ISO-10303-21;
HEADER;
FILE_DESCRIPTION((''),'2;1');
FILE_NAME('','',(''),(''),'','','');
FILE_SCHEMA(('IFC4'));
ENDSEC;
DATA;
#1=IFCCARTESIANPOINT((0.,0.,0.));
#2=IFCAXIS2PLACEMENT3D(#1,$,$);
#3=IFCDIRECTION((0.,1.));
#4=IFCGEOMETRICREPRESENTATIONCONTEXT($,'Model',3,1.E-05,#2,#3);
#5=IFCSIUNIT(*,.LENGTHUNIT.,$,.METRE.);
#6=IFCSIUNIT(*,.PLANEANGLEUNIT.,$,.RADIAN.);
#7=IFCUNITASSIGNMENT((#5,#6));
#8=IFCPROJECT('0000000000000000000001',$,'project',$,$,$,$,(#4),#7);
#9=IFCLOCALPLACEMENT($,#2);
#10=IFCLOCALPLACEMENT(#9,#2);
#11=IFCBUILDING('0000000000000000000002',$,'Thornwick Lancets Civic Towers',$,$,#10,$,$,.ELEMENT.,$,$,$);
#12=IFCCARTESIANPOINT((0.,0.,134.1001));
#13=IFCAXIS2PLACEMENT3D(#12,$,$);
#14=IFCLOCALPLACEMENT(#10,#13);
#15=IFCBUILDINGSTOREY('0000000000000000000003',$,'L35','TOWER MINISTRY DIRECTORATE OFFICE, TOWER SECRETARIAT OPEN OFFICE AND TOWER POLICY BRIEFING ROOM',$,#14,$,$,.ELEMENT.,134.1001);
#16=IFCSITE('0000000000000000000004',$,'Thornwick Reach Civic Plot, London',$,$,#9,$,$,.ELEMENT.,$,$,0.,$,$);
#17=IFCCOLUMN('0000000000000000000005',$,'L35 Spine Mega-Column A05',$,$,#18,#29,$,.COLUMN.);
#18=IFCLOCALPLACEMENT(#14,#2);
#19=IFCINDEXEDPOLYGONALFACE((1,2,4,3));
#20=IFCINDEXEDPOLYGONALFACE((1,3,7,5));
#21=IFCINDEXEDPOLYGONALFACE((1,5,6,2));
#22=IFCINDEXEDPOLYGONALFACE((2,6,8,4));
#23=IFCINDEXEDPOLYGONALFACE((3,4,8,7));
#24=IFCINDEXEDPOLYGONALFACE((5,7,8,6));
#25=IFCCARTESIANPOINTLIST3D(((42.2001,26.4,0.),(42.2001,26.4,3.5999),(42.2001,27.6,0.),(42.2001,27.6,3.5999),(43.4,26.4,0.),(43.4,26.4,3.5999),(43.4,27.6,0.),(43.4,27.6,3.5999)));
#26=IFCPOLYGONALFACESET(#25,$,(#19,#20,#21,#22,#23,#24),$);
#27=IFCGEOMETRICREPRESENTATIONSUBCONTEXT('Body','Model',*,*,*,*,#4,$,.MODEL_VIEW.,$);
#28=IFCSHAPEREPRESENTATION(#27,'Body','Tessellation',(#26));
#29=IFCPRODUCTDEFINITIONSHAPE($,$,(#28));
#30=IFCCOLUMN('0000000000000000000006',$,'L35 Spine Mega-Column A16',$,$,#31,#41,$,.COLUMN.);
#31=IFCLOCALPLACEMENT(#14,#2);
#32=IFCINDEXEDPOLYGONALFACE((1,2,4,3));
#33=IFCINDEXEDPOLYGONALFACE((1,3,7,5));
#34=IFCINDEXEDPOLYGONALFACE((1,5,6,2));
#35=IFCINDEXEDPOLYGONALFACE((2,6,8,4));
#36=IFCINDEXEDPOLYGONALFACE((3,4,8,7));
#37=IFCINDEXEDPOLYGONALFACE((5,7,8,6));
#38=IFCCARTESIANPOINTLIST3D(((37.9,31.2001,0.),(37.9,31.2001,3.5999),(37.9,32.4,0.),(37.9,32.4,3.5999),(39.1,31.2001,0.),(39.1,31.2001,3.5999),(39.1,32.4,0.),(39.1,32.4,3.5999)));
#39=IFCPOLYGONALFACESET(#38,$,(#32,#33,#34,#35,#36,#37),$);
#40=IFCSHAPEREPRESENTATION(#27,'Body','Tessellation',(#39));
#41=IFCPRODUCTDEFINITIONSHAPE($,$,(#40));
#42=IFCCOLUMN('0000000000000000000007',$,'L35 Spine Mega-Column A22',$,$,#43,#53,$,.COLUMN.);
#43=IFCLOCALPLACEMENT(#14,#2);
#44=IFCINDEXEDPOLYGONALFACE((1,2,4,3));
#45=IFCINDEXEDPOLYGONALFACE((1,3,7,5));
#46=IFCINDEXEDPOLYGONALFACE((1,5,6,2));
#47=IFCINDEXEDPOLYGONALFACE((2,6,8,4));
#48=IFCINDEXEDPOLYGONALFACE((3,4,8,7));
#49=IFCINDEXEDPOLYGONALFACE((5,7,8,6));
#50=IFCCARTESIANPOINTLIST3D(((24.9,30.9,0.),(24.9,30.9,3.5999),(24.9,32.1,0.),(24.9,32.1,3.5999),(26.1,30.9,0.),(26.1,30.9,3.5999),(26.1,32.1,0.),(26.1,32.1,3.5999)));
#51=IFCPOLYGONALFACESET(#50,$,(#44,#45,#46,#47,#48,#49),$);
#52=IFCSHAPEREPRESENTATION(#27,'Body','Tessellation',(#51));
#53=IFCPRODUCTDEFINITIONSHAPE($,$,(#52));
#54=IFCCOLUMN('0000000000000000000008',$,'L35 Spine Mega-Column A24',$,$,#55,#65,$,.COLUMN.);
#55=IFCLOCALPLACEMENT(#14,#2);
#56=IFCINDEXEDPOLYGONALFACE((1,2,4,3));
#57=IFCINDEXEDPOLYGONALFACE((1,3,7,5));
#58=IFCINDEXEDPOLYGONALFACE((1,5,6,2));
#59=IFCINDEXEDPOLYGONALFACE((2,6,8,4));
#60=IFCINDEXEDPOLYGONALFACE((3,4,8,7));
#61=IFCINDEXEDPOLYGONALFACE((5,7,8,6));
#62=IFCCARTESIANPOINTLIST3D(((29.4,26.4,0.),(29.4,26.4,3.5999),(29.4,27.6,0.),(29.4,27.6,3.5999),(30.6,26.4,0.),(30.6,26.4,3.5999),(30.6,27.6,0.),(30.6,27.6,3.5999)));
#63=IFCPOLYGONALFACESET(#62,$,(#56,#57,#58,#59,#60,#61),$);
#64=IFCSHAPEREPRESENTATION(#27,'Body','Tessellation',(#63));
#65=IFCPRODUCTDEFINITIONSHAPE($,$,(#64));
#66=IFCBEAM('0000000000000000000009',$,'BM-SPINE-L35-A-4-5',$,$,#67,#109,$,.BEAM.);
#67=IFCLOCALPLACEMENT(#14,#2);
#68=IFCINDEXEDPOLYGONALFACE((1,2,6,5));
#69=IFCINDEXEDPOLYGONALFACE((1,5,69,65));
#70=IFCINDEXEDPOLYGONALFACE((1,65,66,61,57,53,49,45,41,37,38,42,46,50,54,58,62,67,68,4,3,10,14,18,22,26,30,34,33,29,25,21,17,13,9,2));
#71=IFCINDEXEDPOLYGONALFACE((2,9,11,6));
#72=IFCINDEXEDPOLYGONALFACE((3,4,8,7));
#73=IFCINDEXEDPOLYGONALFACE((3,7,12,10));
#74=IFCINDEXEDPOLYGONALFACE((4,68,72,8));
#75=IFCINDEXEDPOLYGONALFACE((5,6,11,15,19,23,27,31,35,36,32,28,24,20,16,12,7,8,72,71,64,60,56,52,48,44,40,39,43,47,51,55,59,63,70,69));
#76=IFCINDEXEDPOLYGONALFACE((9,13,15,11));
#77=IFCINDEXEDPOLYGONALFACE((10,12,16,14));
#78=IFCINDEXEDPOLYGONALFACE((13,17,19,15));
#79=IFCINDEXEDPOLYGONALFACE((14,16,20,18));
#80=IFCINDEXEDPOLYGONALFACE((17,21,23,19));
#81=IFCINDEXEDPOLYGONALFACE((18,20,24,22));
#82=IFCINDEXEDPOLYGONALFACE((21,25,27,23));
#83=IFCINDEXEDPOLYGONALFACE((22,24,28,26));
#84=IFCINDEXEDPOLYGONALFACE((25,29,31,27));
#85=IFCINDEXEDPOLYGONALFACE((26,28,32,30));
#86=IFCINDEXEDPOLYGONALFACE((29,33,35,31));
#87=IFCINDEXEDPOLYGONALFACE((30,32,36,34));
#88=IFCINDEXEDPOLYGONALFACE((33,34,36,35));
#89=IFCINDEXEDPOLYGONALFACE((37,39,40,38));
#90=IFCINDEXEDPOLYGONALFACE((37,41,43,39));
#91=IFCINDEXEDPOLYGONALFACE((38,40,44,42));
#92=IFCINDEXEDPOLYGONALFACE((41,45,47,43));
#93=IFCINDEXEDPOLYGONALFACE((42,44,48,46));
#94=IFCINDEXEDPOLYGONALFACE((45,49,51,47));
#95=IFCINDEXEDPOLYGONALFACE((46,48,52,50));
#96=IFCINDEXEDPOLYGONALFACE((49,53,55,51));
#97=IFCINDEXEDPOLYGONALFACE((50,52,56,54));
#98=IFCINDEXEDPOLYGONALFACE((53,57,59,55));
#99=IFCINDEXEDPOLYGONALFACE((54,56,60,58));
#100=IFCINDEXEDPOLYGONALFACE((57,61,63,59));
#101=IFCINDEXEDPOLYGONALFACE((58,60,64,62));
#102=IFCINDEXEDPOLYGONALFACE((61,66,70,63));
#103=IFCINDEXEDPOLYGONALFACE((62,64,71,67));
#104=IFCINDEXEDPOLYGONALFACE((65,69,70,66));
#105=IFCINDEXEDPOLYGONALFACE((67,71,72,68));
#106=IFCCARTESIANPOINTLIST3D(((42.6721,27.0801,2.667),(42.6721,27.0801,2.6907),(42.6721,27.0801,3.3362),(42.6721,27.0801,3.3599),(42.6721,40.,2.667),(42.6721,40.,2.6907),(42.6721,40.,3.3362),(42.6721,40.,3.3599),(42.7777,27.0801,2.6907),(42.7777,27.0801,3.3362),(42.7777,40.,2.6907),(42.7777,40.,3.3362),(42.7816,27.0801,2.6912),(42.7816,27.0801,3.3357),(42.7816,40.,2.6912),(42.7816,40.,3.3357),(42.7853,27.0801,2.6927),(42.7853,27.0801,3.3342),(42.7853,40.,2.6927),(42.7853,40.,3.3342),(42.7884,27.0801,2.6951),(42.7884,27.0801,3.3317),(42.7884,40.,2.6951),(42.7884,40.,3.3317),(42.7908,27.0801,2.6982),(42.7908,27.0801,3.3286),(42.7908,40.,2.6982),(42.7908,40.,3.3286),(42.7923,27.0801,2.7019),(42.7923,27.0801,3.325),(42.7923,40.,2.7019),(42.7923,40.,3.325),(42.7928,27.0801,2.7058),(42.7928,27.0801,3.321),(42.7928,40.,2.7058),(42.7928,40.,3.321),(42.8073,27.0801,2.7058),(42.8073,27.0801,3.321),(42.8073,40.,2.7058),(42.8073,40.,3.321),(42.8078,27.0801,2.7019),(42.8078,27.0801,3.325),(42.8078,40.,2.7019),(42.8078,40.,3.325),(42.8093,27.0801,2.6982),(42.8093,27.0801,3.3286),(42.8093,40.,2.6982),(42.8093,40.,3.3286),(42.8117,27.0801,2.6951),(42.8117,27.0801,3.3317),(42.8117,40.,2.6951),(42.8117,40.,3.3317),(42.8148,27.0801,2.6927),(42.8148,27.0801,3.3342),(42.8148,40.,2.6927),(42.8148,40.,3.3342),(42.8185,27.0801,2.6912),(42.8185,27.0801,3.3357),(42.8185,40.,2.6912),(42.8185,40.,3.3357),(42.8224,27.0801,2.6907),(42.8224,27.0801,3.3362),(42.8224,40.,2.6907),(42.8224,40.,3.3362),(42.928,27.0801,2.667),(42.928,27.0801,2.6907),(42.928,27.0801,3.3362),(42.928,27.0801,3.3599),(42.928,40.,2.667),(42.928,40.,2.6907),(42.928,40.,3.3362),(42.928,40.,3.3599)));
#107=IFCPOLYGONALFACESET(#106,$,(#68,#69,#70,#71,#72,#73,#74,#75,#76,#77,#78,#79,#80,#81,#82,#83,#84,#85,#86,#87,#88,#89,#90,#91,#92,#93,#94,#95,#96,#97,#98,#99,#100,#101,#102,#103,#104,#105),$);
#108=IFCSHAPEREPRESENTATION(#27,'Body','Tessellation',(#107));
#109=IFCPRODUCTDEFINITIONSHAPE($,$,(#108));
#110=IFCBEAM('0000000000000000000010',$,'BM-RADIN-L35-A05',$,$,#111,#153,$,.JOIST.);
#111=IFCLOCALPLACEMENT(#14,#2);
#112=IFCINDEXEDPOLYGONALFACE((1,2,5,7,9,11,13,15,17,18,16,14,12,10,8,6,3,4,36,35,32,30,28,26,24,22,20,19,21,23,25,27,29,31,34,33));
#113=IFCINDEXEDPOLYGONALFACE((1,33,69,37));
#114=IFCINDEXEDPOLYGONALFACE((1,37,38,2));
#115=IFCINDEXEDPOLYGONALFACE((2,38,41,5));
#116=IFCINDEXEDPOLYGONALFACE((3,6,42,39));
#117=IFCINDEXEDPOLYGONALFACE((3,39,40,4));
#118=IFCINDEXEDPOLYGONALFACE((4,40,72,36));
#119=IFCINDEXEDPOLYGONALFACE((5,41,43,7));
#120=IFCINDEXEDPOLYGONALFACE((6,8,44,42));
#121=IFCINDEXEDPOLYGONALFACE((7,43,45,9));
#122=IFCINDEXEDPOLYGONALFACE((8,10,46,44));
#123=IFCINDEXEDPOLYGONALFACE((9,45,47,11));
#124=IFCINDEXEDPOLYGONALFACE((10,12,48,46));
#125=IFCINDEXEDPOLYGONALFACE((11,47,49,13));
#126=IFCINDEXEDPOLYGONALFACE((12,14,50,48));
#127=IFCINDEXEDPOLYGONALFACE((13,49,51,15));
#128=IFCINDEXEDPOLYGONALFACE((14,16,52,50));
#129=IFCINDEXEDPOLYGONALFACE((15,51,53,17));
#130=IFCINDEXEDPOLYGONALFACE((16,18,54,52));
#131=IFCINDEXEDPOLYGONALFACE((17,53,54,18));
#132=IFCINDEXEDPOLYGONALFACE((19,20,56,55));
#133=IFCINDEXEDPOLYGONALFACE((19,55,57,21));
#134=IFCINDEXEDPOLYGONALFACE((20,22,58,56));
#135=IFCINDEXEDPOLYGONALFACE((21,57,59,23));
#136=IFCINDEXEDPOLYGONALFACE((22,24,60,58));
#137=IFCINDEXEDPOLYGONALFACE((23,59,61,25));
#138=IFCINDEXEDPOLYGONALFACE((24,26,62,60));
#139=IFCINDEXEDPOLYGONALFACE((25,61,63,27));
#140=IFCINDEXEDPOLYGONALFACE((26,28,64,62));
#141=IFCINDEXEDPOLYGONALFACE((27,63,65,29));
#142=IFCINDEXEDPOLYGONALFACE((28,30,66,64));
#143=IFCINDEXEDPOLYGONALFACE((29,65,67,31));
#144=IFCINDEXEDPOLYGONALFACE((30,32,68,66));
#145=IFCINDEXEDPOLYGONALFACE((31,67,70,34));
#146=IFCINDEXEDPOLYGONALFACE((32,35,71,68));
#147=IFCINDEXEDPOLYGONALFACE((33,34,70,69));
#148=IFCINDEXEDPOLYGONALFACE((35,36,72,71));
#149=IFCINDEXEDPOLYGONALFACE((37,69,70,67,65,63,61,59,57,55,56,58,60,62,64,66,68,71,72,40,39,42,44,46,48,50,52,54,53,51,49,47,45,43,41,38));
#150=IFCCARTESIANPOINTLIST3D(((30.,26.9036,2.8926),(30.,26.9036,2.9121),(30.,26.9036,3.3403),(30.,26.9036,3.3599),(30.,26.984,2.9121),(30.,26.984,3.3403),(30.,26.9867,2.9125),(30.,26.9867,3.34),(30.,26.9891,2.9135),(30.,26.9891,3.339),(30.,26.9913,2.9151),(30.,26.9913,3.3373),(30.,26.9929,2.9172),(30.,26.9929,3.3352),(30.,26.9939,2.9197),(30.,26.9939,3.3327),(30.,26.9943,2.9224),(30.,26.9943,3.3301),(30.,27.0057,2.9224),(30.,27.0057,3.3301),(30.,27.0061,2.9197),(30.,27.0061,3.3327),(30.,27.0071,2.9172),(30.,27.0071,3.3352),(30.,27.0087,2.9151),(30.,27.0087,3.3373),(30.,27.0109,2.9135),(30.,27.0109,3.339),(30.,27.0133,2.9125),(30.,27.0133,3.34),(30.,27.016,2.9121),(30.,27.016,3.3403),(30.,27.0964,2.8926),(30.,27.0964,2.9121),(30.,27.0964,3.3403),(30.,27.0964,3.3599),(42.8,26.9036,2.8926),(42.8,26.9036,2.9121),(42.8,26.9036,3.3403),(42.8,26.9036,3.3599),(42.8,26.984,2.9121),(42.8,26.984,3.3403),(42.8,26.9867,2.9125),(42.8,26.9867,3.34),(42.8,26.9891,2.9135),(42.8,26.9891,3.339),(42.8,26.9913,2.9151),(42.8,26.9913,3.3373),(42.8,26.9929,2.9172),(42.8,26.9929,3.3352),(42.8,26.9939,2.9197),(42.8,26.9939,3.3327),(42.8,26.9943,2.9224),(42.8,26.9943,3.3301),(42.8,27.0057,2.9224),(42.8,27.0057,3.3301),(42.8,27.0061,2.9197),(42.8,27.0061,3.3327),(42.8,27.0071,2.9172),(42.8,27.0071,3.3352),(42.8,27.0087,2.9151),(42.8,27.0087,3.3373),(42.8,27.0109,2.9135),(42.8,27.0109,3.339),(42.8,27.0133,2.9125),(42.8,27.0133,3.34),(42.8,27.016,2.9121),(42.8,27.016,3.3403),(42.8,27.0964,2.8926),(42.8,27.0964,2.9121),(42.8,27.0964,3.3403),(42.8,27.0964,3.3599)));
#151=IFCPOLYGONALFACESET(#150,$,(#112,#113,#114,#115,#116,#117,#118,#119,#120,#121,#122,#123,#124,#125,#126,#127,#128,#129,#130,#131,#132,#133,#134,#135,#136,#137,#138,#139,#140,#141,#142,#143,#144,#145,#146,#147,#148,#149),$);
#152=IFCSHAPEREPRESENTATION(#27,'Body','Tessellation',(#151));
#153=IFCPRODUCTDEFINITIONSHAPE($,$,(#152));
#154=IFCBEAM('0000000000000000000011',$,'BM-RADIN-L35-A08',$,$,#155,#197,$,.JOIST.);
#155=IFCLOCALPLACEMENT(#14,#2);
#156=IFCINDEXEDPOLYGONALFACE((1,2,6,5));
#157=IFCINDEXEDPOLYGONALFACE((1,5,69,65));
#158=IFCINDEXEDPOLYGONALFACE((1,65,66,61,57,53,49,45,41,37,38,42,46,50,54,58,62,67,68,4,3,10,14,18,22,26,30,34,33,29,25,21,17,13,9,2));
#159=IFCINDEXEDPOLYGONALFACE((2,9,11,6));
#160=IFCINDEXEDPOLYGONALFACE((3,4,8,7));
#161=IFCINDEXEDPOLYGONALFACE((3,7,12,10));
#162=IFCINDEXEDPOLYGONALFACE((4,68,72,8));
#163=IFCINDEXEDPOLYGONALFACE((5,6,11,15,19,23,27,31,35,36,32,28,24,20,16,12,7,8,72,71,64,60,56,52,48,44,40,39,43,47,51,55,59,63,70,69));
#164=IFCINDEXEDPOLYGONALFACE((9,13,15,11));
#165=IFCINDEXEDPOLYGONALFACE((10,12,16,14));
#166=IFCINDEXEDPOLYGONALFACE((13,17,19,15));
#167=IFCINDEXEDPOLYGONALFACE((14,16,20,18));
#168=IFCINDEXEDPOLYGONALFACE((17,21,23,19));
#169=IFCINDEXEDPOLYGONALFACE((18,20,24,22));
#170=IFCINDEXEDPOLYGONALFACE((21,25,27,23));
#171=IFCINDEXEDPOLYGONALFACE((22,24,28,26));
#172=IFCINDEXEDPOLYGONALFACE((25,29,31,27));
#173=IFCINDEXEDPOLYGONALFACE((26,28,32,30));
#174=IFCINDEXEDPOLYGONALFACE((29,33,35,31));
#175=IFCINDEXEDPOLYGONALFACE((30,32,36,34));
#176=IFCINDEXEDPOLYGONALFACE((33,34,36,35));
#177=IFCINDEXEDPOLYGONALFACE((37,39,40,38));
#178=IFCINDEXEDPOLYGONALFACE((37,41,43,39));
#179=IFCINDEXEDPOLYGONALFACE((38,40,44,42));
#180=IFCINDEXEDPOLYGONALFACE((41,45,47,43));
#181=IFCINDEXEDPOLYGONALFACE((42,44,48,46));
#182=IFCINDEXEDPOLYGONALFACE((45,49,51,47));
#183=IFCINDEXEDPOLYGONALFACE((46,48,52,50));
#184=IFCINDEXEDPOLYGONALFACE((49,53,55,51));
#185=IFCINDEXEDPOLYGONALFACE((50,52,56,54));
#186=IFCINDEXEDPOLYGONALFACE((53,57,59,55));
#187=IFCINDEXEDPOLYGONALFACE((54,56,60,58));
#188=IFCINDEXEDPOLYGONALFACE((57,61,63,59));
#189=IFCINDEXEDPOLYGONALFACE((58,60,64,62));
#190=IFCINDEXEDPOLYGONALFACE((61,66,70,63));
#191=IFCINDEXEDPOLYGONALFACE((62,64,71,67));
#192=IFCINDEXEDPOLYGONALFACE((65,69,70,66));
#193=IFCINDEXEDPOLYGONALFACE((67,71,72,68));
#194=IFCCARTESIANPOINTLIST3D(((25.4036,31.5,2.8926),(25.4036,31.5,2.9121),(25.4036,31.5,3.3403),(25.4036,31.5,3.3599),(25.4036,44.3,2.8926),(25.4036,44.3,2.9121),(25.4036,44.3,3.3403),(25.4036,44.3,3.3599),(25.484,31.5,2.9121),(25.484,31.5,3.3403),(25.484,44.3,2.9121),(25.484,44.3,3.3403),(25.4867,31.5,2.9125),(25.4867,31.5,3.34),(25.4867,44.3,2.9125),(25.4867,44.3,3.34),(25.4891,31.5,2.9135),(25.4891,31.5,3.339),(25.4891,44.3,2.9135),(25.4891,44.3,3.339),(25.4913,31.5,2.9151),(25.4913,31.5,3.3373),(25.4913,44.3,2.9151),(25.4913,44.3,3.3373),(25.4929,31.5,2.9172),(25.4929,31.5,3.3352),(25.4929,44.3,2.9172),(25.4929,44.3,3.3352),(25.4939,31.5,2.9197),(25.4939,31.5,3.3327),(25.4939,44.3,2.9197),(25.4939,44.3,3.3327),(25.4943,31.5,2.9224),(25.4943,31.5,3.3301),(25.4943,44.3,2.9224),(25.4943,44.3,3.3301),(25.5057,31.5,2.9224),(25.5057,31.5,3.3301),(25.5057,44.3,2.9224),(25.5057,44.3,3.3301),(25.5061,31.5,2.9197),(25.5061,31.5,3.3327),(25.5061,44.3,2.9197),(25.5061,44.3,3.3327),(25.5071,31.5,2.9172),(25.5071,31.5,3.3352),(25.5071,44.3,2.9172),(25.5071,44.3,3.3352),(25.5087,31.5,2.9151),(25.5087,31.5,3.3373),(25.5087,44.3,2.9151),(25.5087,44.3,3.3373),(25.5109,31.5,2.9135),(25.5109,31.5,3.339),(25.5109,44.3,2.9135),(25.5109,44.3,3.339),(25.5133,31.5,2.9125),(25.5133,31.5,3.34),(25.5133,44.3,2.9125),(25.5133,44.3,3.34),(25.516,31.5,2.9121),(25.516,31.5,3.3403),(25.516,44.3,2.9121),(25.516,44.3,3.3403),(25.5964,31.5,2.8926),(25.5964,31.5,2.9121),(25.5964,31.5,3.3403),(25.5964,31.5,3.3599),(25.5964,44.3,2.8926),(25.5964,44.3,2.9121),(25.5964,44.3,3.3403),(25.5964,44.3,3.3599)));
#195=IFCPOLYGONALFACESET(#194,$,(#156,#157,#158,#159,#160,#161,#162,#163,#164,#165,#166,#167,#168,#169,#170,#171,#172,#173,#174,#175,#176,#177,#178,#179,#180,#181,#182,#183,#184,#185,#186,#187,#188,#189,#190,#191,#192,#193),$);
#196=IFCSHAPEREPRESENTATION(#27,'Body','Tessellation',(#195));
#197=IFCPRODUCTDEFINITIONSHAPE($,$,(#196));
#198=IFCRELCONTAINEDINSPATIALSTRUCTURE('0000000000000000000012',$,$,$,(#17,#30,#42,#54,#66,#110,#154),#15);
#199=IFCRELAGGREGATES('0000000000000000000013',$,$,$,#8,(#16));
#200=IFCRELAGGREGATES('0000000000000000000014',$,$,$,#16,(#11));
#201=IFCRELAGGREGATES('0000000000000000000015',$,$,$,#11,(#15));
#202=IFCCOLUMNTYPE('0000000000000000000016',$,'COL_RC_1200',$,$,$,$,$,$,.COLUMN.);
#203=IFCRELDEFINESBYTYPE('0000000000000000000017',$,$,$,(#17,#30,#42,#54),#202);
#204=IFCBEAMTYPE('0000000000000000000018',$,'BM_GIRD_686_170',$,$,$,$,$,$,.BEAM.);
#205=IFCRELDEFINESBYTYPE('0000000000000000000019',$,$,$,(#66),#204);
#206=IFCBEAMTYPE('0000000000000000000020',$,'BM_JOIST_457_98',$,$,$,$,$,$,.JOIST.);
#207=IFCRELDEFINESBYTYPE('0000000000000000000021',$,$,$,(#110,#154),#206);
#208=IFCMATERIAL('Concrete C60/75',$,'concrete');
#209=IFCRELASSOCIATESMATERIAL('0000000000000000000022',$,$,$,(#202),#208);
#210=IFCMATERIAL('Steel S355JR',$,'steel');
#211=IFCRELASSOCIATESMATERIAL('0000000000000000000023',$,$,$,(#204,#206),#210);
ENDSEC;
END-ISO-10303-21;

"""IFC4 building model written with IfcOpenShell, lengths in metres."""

from ifc_helpers import new_model, si_unit, direction, frame, origin, origin_2d, place, context, subcontext, project, spatial, rectangle, i_section, extrude, material, material_profile, profile_set, type_object, element, save


model = new_model("IFC4")

# Units and contexts
model_context = context("Model", 3, precision=1e-05, world=origin(), true_north=direction((0.0, 1.0)))
body_context = subcontext(model_context, "Body", "Model", "MODEL_VIEW")
ifc_project = project(units=[si_unit("LENGTHUNIT", "METRE"), si_unit("PLANEANGLEUNIT", "RADIAN")], contexts=[model_context])

# Site, building, storey
site_placement = place(None, origin())
site = spatial("IfcSite", under=ifc_project, at=site_placement, Name="Thornwick Reach Civic Plot, London", CompositionType="ELEMENT", RefElevation=0.0)
building_placement = place(site_placement, origin())
building = spatial("IfcBuilding", under=site, at=building_placement, Name="Thornwick Lancets Civic Towers", CompositionType="ELEMENT")
storey_placement = place(building_placement, frame((0.0, 0.0, 134.1001)))
storey = spatial("IfcBuildingStorey", under=building, at=storey_placement, Name="L35", Description="TOWER MINISTRY DIRECTORATE OFFICE, TOWER SECRETARIAT OPEN OFFICE AND TOWER POLICY BRIEFING ROOM", CompositionType="ELEMENT", Elevation=134.1001)

# Columns
ifc_material_1 = material(Name="Concrete C60/75", Category="concrete")
ifc_material_profile_1 = material_profile(ifc_material_1, rectangle(XDim=1.2, YDim=1.2, at=origin_2d()), Name="RC 1200x1200")
ifc_profile_set_1 = profile_set([ifc_material_profile_1], Name="Concrete C60/75")
column_type = type_object("IfcColumnType", Name="COL_RC_1200", PredefinedType="COLUMN", material=ifc_profile_set_1)
for number, where, z_axis, x_axis, name in (
    (1, (42.8, 27.0, 0.0), (0.0, 0.0, 1.0), (1.0, 0.0, 0.0), "L35 Spine Mega-Column A05"),
    (2, (38.5, 31.8, 0.0), (0.0, 0.0, 1.0), (1.0, 0.0, 0.0), "L35 Spine Mega-Column A16"),
    (3, (25.5, 31.5, 0.0), (0.0, 0.0, 1.0), (1.0, 0.0, 0.0), "L35 Spine Mega-Column A22"),
    (4, (30.0, 27.0, 0.0), (0.0, 0.0, 1.0), (1.0, 0.0, 0.0), "L35 Spine Mega-Column A24"),
):
    element("IfcColumn", number, at=place(storey_placement, frame(where, z_axis=z_axis, x_axis=x_axis)), inside=storey, type_object=column_type, Name=name, PredefinedType="COLUMN", context=body_context, shape_type="SweptSolid", body=[
        extrude(rectangle(XDim=1.2, YDim=1.2, at=origin_2d()), origin(), (0.0, 0.0, 1.0), 3.5999),
    ])

# Beams
ifc_material_2 = material(Name="Steel S355JR", Category="steel")
ifc_material_profile_2 = material_profile(ifc_material_2, i_section(OverallWidth=0.2559, OverallDepth=0.6929, WebThickness=0.0144, FlangeThickness=0.0237, FilletRadius=0.0151, at=origin_2d()), Name="UKB 686x254x170")
ifc_profile_set_2 = profile_set([ifc_material_profile_2], Name="Steel S355JR")
beam_type_1 = type_object("IfcBeamType", Name="BM_GIRD_686_170", PredefinedType="BEAM", material=ifc_profile_set_2)
beam_1_placement = place(storey_placement, frame((42.8, 27.0801, 3.0134), z_axis=(0.0, 1.0, 0.0), x_axis=(-1.0, 0.0, 0.0)))
element("IfcBeam", 5, at=beam_1_placement, inside=storey, type_object=beam_type_1, Name="BM-SPINE-L35-A-4-5", PredefinedType="BEAM", context=body_context, shape_type="SweptSolid", body=[
    extrude(i_section(OverallWidth=0.2559, OverallDepth=0.6929, WebThickness=0.0144, FlangeThickness=0.0237, FilletRadius=0.0151, at=origin_2d()), origin(), (0.0, 0.0, 1.0), 12.9199),
])
ifc_material_profile_3 = material_profile(ifc_material_2, i_section(OverallWidth=0.1929, OverallDepth=0.4673, WebThickness=0.0115, FlangeThickness=0.0195, FilletRadius=0.0103, at=origin_2d()), Name="UKB 457x191x98")
ifc_profile_set_3 = profile_set([ifc_material_profile_3], Name="Steel S355JR")
beam_type_2 = type_object("IfcBeamType", Name="BM_JOIST_457_98", PredefinedType="JOIST", material=ifc_profile_set_3)
for number, where, z_axis, x_axis, name in (
    (6, (30.0, 27.0, 3.1262), (1.0, 0.0, 0.0), (0.0, 1.0, 0.0), "BM-RADIN-L35-A05"),
    (7, (25.5, 31.5, 3.1262), (0.0, 1.0, 0.0), (-1.0, 0.0, 0.0), "BM-RADIN-L35-A08"),
):
    element("IfcBeam", number, at=place(storey_placement, frame(where, z_axis=z_axis, x_axis=x_axis)), inside=storey, type_object=beam_type_2, Name=name, PredefinedType="JOIST", context=body_context, shape_type="SweptSolid", body=[
        extrude(i_section(OverallWidth=0.1929, OverallDepth=0.4673, WebThickness=0.0115, FlangeThickness=0.0195, FilletRadius=0.0103, at=origin_2d()), origin(), (0.0, 0.0, 1.0), 12.8),
    ])

save(model, "model.ifc")
